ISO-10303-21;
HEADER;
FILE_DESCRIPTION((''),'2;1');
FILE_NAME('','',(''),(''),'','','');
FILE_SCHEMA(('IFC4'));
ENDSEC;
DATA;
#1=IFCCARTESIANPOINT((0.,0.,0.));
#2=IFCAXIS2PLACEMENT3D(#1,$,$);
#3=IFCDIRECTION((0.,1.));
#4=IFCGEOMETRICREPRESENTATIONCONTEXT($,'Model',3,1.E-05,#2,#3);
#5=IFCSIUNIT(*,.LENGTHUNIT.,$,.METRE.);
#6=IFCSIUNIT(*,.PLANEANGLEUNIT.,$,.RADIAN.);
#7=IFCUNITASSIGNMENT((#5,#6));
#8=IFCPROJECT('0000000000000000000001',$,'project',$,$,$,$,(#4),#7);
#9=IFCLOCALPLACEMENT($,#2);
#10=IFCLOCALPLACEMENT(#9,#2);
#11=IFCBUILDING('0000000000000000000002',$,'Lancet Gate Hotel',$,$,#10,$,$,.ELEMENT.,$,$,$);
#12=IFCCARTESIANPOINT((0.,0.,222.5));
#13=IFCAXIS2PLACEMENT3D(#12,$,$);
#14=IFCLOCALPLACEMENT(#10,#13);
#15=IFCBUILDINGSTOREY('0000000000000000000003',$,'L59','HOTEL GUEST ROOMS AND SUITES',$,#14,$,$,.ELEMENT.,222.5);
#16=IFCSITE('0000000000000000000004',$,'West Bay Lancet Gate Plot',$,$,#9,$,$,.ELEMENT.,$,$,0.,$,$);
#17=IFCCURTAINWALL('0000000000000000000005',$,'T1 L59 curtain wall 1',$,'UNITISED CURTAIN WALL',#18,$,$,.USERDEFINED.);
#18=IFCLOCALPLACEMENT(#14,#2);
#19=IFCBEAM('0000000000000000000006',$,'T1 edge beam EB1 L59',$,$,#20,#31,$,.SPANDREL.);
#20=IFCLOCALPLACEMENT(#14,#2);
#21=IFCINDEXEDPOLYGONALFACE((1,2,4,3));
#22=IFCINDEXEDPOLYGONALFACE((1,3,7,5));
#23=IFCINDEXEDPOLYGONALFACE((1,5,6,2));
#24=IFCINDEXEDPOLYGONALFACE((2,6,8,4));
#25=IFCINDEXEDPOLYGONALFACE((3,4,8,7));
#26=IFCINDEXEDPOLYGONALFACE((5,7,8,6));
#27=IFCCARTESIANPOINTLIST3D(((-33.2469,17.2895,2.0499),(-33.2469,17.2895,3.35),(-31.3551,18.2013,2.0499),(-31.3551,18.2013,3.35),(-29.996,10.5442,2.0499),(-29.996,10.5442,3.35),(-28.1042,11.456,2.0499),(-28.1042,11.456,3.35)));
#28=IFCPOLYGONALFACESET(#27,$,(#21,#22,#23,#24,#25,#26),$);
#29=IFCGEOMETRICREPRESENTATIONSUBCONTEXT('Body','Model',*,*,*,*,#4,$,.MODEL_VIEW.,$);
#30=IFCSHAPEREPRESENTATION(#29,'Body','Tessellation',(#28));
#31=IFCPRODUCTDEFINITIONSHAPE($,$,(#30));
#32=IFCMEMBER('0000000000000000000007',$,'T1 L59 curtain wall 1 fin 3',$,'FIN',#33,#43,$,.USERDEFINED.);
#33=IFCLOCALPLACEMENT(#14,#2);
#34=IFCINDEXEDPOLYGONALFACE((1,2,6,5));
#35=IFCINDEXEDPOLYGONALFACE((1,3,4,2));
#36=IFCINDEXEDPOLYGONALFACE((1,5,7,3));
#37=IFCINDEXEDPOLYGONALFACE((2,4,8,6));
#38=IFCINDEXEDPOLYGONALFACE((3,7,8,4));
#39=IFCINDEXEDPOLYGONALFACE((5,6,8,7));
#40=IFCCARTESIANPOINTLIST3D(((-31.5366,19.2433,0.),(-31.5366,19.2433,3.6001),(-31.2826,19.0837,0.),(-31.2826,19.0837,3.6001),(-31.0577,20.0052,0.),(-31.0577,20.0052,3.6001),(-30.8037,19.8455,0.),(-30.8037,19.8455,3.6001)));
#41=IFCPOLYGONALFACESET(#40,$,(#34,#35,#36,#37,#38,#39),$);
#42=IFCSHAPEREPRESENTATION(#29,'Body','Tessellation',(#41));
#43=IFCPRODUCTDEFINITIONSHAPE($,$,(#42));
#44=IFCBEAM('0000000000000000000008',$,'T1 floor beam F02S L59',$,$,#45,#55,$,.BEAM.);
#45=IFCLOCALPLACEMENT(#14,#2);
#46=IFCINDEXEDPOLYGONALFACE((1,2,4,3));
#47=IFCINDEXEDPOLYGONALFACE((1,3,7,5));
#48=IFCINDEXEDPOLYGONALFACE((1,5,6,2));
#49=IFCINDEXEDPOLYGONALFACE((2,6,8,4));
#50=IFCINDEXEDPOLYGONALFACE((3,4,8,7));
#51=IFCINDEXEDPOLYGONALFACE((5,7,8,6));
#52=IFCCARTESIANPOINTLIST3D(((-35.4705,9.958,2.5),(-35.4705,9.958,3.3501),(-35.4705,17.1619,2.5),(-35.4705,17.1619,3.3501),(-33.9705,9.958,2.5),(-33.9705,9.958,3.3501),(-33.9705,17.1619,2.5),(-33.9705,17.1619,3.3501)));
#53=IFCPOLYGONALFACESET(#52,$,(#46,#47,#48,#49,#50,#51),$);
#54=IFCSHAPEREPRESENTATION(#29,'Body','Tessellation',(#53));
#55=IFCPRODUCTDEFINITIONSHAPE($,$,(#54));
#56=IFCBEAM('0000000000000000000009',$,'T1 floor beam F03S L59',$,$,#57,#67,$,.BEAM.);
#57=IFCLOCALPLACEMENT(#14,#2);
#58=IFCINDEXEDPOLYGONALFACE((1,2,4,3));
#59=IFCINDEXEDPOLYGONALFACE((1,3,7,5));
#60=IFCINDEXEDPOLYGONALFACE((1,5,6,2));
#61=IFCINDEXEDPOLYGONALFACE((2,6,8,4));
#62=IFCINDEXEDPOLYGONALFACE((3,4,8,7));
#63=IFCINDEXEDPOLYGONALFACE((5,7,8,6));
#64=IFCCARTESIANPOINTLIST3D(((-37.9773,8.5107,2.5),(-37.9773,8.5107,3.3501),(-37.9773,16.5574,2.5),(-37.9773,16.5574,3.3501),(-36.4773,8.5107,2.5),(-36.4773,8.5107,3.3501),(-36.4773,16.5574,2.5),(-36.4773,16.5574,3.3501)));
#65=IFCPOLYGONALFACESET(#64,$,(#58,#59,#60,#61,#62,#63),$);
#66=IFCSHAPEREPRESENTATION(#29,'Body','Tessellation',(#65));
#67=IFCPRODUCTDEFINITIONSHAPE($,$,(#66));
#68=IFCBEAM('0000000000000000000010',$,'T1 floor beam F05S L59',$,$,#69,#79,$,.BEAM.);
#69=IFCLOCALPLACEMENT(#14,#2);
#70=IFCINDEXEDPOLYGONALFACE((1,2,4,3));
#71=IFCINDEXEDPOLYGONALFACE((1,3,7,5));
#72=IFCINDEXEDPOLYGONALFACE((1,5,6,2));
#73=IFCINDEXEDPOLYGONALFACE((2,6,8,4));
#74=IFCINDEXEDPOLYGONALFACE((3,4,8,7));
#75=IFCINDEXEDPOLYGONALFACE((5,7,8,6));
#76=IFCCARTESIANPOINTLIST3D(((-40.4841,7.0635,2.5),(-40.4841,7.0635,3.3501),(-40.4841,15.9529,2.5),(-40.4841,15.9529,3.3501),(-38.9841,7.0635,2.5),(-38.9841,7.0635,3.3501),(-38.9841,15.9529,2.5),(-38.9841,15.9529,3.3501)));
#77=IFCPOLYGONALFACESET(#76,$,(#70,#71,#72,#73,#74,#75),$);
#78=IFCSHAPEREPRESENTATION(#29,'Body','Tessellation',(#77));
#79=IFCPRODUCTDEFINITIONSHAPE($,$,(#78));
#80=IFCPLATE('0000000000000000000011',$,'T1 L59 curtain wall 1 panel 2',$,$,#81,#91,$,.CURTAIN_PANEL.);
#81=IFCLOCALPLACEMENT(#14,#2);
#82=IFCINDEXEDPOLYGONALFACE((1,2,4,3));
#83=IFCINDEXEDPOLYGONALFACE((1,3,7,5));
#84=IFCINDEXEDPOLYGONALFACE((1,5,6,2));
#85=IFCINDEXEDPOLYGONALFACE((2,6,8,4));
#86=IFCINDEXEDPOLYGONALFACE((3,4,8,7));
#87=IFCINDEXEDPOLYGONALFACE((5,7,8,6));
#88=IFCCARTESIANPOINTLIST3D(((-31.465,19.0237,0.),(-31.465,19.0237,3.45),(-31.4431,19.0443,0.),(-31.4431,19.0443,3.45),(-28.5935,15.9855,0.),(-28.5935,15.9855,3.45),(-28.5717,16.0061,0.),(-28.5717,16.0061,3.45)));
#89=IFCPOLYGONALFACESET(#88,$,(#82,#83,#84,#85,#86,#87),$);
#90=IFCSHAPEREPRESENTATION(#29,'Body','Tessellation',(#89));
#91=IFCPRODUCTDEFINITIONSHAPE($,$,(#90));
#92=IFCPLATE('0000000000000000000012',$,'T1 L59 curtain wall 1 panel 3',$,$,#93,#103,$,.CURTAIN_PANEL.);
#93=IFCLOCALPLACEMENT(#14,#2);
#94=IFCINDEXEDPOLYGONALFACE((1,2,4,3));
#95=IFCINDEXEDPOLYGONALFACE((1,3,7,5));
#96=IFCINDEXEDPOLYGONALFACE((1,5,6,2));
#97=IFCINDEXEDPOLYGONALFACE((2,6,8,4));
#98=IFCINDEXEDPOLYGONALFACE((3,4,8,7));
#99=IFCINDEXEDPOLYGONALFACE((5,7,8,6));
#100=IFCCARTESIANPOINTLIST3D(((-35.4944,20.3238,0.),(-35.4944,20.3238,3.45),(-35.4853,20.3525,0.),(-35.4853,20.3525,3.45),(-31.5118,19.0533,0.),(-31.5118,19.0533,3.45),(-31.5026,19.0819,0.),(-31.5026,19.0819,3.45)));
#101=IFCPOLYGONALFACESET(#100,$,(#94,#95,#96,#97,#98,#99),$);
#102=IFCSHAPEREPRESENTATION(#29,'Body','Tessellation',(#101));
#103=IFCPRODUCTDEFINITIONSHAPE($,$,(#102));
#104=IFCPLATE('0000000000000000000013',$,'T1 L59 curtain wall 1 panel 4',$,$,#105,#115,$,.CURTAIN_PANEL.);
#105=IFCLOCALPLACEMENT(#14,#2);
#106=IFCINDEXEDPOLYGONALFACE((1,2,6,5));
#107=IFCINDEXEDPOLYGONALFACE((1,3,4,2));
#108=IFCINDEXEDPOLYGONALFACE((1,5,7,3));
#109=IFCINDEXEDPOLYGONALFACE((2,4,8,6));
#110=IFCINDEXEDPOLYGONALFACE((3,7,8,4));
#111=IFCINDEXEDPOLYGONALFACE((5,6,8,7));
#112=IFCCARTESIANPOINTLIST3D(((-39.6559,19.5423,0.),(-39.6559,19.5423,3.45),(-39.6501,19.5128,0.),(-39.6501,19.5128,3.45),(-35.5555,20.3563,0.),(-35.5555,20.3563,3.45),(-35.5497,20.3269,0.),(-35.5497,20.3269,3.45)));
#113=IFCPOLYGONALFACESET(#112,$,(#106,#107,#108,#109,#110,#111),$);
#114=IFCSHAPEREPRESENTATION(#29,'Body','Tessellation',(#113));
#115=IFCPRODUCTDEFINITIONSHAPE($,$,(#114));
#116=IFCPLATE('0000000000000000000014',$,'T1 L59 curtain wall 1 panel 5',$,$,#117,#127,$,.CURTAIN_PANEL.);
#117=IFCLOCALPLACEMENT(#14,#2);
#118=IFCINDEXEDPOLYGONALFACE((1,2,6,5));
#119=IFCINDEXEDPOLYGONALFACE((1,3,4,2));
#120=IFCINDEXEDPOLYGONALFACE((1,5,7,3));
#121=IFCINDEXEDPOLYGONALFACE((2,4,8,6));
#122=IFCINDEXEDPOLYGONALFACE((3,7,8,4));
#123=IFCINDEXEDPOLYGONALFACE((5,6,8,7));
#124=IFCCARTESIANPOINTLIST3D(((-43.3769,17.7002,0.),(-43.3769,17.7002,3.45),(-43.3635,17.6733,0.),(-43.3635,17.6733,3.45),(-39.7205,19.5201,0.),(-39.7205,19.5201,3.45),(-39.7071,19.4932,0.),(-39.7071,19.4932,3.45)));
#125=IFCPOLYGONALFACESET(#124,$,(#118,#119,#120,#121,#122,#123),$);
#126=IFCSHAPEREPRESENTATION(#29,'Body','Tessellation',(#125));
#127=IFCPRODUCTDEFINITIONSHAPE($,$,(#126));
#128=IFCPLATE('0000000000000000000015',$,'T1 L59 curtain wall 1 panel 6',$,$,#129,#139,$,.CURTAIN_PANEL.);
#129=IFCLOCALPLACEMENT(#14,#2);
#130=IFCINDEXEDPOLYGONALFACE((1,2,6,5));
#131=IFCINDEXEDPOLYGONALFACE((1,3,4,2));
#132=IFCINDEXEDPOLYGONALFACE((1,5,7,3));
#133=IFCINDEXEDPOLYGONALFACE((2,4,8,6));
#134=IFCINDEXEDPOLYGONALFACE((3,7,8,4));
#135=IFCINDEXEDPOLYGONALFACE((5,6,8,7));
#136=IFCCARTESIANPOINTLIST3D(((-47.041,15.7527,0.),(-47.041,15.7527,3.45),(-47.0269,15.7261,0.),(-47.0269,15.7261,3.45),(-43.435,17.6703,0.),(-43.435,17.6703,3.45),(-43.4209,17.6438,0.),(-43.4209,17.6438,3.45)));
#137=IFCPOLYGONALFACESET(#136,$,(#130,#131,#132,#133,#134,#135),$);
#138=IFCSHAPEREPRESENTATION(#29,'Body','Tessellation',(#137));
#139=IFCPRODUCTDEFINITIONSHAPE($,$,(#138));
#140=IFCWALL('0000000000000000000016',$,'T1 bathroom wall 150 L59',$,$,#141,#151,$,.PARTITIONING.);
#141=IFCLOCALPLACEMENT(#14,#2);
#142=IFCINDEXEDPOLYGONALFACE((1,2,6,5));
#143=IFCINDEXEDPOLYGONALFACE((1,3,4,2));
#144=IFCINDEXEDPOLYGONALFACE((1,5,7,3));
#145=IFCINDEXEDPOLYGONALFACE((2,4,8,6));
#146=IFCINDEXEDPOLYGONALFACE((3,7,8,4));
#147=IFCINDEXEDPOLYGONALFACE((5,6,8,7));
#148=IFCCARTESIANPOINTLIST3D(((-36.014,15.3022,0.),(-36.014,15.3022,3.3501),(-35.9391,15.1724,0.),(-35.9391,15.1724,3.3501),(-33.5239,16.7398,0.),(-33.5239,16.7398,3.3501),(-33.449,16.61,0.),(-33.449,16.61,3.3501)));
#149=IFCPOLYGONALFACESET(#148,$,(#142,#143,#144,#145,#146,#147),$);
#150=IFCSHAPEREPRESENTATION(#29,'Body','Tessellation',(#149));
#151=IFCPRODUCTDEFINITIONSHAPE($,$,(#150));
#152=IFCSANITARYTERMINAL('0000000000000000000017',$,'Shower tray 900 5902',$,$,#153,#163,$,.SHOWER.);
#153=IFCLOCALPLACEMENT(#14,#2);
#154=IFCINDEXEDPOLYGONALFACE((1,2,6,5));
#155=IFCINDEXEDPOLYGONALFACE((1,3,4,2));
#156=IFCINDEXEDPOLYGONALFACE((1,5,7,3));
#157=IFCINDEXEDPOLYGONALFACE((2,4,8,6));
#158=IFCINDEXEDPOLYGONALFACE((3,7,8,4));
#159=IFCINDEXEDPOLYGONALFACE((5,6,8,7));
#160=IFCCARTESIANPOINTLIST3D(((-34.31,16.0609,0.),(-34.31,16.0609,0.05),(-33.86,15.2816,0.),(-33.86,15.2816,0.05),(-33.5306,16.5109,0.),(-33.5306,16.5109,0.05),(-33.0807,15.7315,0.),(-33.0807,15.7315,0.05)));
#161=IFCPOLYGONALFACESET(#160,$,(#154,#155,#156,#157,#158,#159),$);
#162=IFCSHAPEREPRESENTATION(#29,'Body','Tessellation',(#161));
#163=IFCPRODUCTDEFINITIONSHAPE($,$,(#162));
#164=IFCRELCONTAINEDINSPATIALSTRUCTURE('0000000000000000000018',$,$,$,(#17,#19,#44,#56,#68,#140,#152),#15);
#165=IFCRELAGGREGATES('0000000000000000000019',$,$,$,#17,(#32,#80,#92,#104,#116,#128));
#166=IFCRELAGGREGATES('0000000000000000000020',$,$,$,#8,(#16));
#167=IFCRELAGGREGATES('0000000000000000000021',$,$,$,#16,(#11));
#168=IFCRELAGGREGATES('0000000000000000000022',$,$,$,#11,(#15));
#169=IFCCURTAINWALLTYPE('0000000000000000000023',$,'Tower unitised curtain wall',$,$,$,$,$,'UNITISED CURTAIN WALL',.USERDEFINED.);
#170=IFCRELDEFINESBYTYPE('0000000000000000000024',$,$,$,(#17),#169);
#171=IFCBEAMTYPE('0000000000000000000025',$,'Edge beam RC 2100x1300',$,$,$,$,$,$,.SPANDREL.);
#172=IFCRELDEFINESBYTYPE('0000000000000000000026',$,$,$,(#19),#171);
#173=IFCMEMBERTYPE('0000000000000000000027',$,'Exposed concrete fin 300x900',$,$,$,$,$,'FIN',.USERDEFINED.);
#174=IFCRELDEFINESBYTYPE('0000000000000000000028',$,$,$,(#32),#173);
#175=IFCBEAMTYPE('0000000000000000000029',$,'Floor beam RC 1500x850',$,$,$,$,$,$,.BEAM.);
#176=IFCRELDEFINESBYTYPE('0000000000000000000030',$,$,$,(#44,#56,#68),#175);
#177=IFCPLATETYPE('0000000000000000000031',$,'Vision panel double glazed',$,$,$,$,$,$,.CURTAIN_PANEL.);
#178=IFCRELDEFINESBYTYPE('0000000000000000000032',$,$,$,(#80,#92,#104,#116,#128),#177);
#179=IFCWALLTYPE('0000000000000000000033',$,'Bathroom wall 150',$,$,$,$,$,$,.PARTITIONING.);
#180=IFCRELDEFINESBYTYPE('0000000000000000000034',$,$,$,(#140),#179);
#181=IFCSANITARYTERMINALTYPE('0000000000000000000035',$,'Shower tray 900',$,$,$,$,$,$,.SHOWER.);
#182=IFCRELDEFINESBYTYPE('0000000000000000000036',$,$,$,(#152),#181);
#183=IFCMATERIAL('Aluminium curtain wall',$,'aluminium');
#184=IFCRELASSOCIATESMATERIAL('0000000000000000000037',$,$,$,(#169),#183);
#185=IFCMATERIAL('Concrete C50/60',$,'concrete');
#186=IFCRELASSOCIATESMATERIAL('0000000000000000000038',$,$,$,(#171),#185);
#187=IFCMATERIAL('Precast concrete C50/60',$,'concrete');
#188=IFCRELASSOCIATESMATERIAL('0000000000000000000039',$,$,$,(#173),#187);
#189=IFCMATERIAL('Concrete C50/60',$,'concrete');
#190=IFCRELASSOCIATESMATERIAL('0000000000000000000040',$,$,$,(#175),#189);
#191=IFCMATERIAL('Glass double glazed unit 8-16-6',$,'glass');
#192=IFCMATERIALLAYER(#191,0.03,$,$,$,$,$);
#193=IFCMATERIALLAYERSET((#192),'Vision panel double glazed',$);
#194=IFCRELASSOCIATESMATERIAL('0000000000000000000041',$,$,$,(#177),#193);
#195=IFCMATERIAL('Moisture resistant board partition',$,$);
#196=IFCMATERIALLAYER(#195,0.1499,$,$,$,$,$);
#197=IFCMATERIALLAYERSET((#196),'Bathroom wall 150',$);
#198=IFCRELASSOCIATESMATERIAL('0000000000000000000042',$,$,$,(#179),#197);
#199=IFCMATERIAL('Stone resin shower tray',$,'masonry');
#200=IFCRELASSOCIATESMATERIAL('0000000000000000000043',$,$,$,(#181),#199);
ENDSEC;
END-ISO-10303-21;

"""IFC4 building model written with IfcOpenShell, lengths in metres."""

from ifc_helpers import new_model, si_unit, direction, frame, frame_2d, origin, origin_2d, place, context, subcontext, project, spatial, rectangle, extrude, material, layer, layer_set, material_profile, profile_set, type_object, element, aggregate, save


model = new_model("IFC4")

# Units and contexts
model_context = context("Model", 3, precision=1e-05, world=origin(), true_north=direction((0.0, 1.0)))
body_context = subcontext(model_context, "Body", "Model", "MODEL_VIEW")
ifc_project = project(units=[si_unit("LENGTHUNIT", "METRE"), si_unit("PLANEANGLEUNIT", "RADIAN")], contexts=[model_context])

# Site, building, storey
site_placement = place(None, origin())
site = spatial("IfcSite", under=ifc_project, at=site_placement, Name="West Bay Lancet Gate Plot", CompositionType="ELEMENT", RefElevation=0.0)
building_placement = place(site_placement, origin())
building = spatial("IfcBuilding", under=site, at=building_placement, Name="Lancet Gate Hotel", CompositionType="ELEMENT")
storey_placement = place(building_placement, frame((0.0, 0.0, 222.5)))
storey = spatial("IfcBuildingStorey", under=building, at=storey_placement, Name="L59", Description="HOTEL GUEST ROOMS AND SUITES", CompositionType="ELEMENT", Elevation=222.5)

# Curtain wall
ifc_material_1 = material(Name="Aluminium curtain wall", Category="aluminium")
curtain_wall_type = type_object("IfcCurtainWallType", Name="Tower unitised curtain wall", ElementType="UNITISED CURTAIN WALL", PredefinedType="USERDEFINED", material=ifc_material_1)
curtain_wall_placement = place(storey_placement, origin())
curtain_wall = element("IfcCurtainWall", 1, at=curtain_wall_placement, inside=storey, type_object=curtain_wall_type, Name="T1 L59 curtain wall 1", ObjectType="UNITISED CURTAIN WALL", PredefinedType="USERDEFINED")

# Beam
ifc_material_2 = material(Name="Concrete C50/60", Category="concrete")
ifc_material_profile_1 = material_profile(ifc_material_2, rectangle(XDim=2.1001, YDim=1.3, at=origin_2d()), Name="RC 2100x1300")
ifc_profile_set_1 = profile_set([ifc_material_profile_1], Name="Concrete C50/60")
beam_type_1 = type_object("IfcBeamType", Name="Edge beam RC 2100x1300", PredefinedType="SPANDREL", material=ifc_profile_set_1)
beam_1_placement = place(storey_placement, frame((-32.301, 17.7454, 2.7), z_axis=(0.434164, -0.900834, 0.0), x_axis=(0.900834, 0.434164, 0.0)))
element("IfcBeam", 2, at=beam_1_placement, inside=storey, type_object=beam_type_1, Name="T1 edge beam EB1 L59", PredefinedType="SPANDREL", context=body_context, shape_type="SweptSolid", body=[
    extrude(rectangle(XDim=2.1001, YDim=1.3, at=origin_2d()), origin(), (0.0, 0.0, 1.0), 7.4878),
])

# Member
ifc_material_3 = material(Name="Precast concrete C50/60", Category="concrete")
ifc_material_profile_2 = material_profile(ifc_material_3, rectangle(XDim=0.3, YDim=0.8999, at=origin_2d()), Name="FIN 300x900")
ifc_profile_set_2 = profile_set([ifc_material_profile_2], Name="Precast concrete C50/60")
member_type_1 = type_object("IfcMemberType", Name="Exposed concrete fin 300x900", ElementType="FIN", PredefinedType="USERDEFINED", material=ifc_profile_set_2)
member_1_placement = place(storey_placement, frame((-31.1702, 19.5444, 0.0), z_axis=(0.0, 0.0, 1.0), x_axis=(-0.846613, 0.532209, 0.0)))
member_1 = element("IfcMember", 3, at=member_1_placement, type_object=member_type_1, Name="T1 L59 curtain wall 1 fin 3", ObjectType="FIN", PredefinedType="USERDEFINED", context=body_context, shape_type="SweptSolid", body=[
    extrude(rectangle(XDim=0.3, YDim=0.8999, at=origin_2d()), origin(), (0.0, 0.0, 1.0), 3.6001),
])

# Beams
ifc_material_4 = material(Name="Concrete C50/60", Category="concrete")
ifc_material_profile_3 = material_profile(ifc_material_4, rectangle(XDim=1.5, YDim=0.8501, at=origin_2d()), Name="RC 1500x850")
ifc_profile_set_3 = profile_set([ifc_material_profile_3], Name="Concrete C50/60")
beam_type_2 = type_object("IfcBeamType", Name="Floor beam RC 1500x850", PredefinedType="BEAM", material=ifc_profile_set_3)
beam_2_placement = place(storey_placement, frame((-34.7205, 17.1619, 2.925), z_axis=(0.0, -1.0, 0.0), x_axis=(1.0, 0.0, 0.0)))
element("IfcBeam", 4, at=beam_2_placement, inside=storey, type_object=beam_type_2, Name="T1 floor beam F02S L59", PredefinedType="BEAM", context=body_context, shape_type="SweptSolid", body=[
    extrude(rectangle(XDim=1.5, YDim=0.8501, at=origin_2d()), origin(), (0.0, 0.0, 1.0), 7.2039),
])
beam_3_placement = place(storey_placement, frame((-37.2273, 16.5574, 2.925), z_axis=(0.0, -1.0, 0.0), x_axis=(1.0, 0.0, 0.0)))
element("IfcBeam", 5, at=beam_3_placement, inside=storey, type_object=beam_type_2, Name="T1 floor beam F03S L59", PredefinedType="BEAM", context=body_context, shape_type="SweptSolid", body=[
    extrude(rectangle(XDim=1.5, YDim=0.8501, at=origin_2d()), origin(), (0.0, 0.0, 1.0), 8.0466),
])
beam_4_placement = place(storey_placement, frame((-39.7341, 15.9529, 2.925), z_axis=(0.0, -1.0, 0.0), x_axis=(1.0, 0.0, 0.0)))
element("IfcBeam", 6, at=beam_4_placement, inside=storey, type_object=beam_type_2, Name="T1 floor beam F05S L59", PredefinedType="BEAM", context=body_context, shape_type="SweptSolid", body=[
    extrude(rectangle(XDim=1.5, YDim=0.8501, at=origin_2d()), origin(), (0.0, 0.0, 1.0), 8.8894),
])

# Plates
ifc_material_5 = material(Name="Glass double glazed unit 8-16-6", Category="glass")
ifc_layer_1 = layer(ifc_material_5, 0.03)
ifc_layer_set_1 = layer_set([ifc_layer_1], Name="Vision panel double glazed")
plate_type = type_object("IfcPlateType", Name="Vision panel double glazed", PredefinedType="CURTAIN_PANEL", material=ifc_layer_set_1)
plate_1_placement = place(storey_placement, frame((-30.0183, 17.5149, 0.0), z_axis=(0.0, 0.0, 1.0), x_axis=(-0.686883, 0.726768, 0.0)))
plate_1 = element("IfcPlate", 7, at=plate_1_placement, type_object=plate_type, Name="T1 L59 curtain wall 1 panel 2", PredefinedType="CURTAIN_PANEL", context=body_context, shape_type="SweptSolid", body=[
    extrude(rectangle(XDim=4.1804, YDim=0.03, at=origin_2d()), origin(), (0.0, 0.0, 1.0), 3.45),
])
plate_2_placement = place(storey_placement, frame((-33.4985, 19.7029, 0.0), z_axis=(0.0, 0.0, 1.0), x_axis=(-0.952696, 0.303926, 0.0)))
plate_2 = element("IfcPlate", 8, at=plate_2_placement, type_object=plate_type, Name="T1 L59 curtain wall 1 panel 3", PredefinedType="CURTAIN_PANEL", context=body_context, shape_type="SweptSolid", body=[
    extrude(rectangle(XDim=4.1804, YDim=0.03, at=origin_2d()), origin(), (0.0, 0.0, 1.0), 3.45),
])
plate_3_placement = place(storey_placement, frame((-37.6028, 19.9346, 0.0), z_axis=(0.0, 0.0, 1.0), x_axis=(-0.980857, -0.194731, 0.0)))
plate_3 = element("IfcPlate", 9, at=plate_3_placement, type_object=plate_type, Name="T1 L59 curtain wall 1 panel 4", PredefinedType="CURTAIN_PANEL", context=body_context, shape_type="SweptSolid", body=[
    extrude(rectangle(XDim=4.1804, YDim=0.03, at=origin_2d()), origin(), (0.0, 0.0, 1.0), 3.45),
])
plate_4_placement = place(storey_placement, frame((-41.542, 18.5967, 0.0), z_axis=(0.0, 0.0, 1.0), x_axis=(-0.895234, -0.445596, 0.0)))
plate_4 = element("IfcPlate", 10, at=plate_4_placement, type_object=plate_type, Name="T1 L59 curtain wall 1 panel 5", PredefinedType="CURTAIN_PANEL", context=body_context, shape_type="SweptSolid", body=[
    extrude(rectangle(XDim=4.0842, YDim=0.03, at=origin_2d()), origin(), (0.0, 0.0, 1.0), 3.45),
])
plate_5_placement = place(storey_placement, frame((-45.231, 16.6982, 0.0), z_axis=(0.0, 0.0, 1.0), x_axis=(-0.882916, -0.469531, 0.0)))
plate_5 = element("IfcPlate", 11, at=plate_5_placement, type_object=plate_type, Name="T1 L59 curtain wall 1 panel 6", PredefinedType="CURTAIN_PANEL", context=body_context, shape_type="SweptSolid", body=[
    extrude(rectangle(XDim=4.0842, YDim=0.03, at=origin_2d()), origin(), (0.0, 0.0, 1.0), 3.45),
])
aggregate(curtain_wall, [member_1, plate_1, plate_2, plate_3, plate_4, plate_5])

# Wall
ifc_material_6 = material(Name="Moisture resistant board partition")
ifc_layer_2 = layer(ifc_material_6, 0.1499)
ifc_layer_set_2 = layer_set([ifc_layer_2], Name="Bathroom wall 150")
wall_type = type_object("IfcWallType", Name="Bathroom wall 150", PredefinedType="PARTITIONING", material=ifc_layer_set_2)
wall_placement = place(storey_placement, frame((-33.4866, 16.6748, 0.0), z_axis=(0.0, 0.0, 1.0), x_axis=(-0.86604, -0.499975, 0.0)))
element("IfcWall", 12, at=wall_placement, inside=storey, type_object=wall_type, Name="T1 bathroom wall 150 L59", PredefinedType="PARTITIONING", context=body_context, shape_type="SweptSolid", body=[
    extrude(rectangle(XDim=2.8752, YDim=0.1499, at=frame_2d((1.4375, 0.0))), origin(), (0.0, 0.0, 1.0), 3.3501),
])

# Sanitary terminal
ifc_material_7 = material(Name="Stone resin shower tray", Category="masonry")
sanitary_terminal_type = type_object("IfcSanitaryTerminalType", Name="Shower tray 900", PredefinedType="SHOWER", material=ifc_material_7)
sanitary_terminal_placement = place(storey_placement, frame((-33.6953, 15.8962, 0.0), z_axis=(0.0, 0.0, 1.0), x_axis=(0.866025, 0.5, 0.0)))
element("IfcSanitaryTerminal", 13, at=sanitary_terminal_placement, inside=storey, type_object=sanitary_terminal_type, Name="Shower tray 900 5902", PredefinedType="SHOWER", context=body_context, shape_type="SweptSolid", body=[
    extrude(rectangle(XDim=0.8999, YDim=0.8999, at=origin_2d()), origin(), (0.0, 0.0, 1.0), 0.05),
])

save(model, "model.ifc")
